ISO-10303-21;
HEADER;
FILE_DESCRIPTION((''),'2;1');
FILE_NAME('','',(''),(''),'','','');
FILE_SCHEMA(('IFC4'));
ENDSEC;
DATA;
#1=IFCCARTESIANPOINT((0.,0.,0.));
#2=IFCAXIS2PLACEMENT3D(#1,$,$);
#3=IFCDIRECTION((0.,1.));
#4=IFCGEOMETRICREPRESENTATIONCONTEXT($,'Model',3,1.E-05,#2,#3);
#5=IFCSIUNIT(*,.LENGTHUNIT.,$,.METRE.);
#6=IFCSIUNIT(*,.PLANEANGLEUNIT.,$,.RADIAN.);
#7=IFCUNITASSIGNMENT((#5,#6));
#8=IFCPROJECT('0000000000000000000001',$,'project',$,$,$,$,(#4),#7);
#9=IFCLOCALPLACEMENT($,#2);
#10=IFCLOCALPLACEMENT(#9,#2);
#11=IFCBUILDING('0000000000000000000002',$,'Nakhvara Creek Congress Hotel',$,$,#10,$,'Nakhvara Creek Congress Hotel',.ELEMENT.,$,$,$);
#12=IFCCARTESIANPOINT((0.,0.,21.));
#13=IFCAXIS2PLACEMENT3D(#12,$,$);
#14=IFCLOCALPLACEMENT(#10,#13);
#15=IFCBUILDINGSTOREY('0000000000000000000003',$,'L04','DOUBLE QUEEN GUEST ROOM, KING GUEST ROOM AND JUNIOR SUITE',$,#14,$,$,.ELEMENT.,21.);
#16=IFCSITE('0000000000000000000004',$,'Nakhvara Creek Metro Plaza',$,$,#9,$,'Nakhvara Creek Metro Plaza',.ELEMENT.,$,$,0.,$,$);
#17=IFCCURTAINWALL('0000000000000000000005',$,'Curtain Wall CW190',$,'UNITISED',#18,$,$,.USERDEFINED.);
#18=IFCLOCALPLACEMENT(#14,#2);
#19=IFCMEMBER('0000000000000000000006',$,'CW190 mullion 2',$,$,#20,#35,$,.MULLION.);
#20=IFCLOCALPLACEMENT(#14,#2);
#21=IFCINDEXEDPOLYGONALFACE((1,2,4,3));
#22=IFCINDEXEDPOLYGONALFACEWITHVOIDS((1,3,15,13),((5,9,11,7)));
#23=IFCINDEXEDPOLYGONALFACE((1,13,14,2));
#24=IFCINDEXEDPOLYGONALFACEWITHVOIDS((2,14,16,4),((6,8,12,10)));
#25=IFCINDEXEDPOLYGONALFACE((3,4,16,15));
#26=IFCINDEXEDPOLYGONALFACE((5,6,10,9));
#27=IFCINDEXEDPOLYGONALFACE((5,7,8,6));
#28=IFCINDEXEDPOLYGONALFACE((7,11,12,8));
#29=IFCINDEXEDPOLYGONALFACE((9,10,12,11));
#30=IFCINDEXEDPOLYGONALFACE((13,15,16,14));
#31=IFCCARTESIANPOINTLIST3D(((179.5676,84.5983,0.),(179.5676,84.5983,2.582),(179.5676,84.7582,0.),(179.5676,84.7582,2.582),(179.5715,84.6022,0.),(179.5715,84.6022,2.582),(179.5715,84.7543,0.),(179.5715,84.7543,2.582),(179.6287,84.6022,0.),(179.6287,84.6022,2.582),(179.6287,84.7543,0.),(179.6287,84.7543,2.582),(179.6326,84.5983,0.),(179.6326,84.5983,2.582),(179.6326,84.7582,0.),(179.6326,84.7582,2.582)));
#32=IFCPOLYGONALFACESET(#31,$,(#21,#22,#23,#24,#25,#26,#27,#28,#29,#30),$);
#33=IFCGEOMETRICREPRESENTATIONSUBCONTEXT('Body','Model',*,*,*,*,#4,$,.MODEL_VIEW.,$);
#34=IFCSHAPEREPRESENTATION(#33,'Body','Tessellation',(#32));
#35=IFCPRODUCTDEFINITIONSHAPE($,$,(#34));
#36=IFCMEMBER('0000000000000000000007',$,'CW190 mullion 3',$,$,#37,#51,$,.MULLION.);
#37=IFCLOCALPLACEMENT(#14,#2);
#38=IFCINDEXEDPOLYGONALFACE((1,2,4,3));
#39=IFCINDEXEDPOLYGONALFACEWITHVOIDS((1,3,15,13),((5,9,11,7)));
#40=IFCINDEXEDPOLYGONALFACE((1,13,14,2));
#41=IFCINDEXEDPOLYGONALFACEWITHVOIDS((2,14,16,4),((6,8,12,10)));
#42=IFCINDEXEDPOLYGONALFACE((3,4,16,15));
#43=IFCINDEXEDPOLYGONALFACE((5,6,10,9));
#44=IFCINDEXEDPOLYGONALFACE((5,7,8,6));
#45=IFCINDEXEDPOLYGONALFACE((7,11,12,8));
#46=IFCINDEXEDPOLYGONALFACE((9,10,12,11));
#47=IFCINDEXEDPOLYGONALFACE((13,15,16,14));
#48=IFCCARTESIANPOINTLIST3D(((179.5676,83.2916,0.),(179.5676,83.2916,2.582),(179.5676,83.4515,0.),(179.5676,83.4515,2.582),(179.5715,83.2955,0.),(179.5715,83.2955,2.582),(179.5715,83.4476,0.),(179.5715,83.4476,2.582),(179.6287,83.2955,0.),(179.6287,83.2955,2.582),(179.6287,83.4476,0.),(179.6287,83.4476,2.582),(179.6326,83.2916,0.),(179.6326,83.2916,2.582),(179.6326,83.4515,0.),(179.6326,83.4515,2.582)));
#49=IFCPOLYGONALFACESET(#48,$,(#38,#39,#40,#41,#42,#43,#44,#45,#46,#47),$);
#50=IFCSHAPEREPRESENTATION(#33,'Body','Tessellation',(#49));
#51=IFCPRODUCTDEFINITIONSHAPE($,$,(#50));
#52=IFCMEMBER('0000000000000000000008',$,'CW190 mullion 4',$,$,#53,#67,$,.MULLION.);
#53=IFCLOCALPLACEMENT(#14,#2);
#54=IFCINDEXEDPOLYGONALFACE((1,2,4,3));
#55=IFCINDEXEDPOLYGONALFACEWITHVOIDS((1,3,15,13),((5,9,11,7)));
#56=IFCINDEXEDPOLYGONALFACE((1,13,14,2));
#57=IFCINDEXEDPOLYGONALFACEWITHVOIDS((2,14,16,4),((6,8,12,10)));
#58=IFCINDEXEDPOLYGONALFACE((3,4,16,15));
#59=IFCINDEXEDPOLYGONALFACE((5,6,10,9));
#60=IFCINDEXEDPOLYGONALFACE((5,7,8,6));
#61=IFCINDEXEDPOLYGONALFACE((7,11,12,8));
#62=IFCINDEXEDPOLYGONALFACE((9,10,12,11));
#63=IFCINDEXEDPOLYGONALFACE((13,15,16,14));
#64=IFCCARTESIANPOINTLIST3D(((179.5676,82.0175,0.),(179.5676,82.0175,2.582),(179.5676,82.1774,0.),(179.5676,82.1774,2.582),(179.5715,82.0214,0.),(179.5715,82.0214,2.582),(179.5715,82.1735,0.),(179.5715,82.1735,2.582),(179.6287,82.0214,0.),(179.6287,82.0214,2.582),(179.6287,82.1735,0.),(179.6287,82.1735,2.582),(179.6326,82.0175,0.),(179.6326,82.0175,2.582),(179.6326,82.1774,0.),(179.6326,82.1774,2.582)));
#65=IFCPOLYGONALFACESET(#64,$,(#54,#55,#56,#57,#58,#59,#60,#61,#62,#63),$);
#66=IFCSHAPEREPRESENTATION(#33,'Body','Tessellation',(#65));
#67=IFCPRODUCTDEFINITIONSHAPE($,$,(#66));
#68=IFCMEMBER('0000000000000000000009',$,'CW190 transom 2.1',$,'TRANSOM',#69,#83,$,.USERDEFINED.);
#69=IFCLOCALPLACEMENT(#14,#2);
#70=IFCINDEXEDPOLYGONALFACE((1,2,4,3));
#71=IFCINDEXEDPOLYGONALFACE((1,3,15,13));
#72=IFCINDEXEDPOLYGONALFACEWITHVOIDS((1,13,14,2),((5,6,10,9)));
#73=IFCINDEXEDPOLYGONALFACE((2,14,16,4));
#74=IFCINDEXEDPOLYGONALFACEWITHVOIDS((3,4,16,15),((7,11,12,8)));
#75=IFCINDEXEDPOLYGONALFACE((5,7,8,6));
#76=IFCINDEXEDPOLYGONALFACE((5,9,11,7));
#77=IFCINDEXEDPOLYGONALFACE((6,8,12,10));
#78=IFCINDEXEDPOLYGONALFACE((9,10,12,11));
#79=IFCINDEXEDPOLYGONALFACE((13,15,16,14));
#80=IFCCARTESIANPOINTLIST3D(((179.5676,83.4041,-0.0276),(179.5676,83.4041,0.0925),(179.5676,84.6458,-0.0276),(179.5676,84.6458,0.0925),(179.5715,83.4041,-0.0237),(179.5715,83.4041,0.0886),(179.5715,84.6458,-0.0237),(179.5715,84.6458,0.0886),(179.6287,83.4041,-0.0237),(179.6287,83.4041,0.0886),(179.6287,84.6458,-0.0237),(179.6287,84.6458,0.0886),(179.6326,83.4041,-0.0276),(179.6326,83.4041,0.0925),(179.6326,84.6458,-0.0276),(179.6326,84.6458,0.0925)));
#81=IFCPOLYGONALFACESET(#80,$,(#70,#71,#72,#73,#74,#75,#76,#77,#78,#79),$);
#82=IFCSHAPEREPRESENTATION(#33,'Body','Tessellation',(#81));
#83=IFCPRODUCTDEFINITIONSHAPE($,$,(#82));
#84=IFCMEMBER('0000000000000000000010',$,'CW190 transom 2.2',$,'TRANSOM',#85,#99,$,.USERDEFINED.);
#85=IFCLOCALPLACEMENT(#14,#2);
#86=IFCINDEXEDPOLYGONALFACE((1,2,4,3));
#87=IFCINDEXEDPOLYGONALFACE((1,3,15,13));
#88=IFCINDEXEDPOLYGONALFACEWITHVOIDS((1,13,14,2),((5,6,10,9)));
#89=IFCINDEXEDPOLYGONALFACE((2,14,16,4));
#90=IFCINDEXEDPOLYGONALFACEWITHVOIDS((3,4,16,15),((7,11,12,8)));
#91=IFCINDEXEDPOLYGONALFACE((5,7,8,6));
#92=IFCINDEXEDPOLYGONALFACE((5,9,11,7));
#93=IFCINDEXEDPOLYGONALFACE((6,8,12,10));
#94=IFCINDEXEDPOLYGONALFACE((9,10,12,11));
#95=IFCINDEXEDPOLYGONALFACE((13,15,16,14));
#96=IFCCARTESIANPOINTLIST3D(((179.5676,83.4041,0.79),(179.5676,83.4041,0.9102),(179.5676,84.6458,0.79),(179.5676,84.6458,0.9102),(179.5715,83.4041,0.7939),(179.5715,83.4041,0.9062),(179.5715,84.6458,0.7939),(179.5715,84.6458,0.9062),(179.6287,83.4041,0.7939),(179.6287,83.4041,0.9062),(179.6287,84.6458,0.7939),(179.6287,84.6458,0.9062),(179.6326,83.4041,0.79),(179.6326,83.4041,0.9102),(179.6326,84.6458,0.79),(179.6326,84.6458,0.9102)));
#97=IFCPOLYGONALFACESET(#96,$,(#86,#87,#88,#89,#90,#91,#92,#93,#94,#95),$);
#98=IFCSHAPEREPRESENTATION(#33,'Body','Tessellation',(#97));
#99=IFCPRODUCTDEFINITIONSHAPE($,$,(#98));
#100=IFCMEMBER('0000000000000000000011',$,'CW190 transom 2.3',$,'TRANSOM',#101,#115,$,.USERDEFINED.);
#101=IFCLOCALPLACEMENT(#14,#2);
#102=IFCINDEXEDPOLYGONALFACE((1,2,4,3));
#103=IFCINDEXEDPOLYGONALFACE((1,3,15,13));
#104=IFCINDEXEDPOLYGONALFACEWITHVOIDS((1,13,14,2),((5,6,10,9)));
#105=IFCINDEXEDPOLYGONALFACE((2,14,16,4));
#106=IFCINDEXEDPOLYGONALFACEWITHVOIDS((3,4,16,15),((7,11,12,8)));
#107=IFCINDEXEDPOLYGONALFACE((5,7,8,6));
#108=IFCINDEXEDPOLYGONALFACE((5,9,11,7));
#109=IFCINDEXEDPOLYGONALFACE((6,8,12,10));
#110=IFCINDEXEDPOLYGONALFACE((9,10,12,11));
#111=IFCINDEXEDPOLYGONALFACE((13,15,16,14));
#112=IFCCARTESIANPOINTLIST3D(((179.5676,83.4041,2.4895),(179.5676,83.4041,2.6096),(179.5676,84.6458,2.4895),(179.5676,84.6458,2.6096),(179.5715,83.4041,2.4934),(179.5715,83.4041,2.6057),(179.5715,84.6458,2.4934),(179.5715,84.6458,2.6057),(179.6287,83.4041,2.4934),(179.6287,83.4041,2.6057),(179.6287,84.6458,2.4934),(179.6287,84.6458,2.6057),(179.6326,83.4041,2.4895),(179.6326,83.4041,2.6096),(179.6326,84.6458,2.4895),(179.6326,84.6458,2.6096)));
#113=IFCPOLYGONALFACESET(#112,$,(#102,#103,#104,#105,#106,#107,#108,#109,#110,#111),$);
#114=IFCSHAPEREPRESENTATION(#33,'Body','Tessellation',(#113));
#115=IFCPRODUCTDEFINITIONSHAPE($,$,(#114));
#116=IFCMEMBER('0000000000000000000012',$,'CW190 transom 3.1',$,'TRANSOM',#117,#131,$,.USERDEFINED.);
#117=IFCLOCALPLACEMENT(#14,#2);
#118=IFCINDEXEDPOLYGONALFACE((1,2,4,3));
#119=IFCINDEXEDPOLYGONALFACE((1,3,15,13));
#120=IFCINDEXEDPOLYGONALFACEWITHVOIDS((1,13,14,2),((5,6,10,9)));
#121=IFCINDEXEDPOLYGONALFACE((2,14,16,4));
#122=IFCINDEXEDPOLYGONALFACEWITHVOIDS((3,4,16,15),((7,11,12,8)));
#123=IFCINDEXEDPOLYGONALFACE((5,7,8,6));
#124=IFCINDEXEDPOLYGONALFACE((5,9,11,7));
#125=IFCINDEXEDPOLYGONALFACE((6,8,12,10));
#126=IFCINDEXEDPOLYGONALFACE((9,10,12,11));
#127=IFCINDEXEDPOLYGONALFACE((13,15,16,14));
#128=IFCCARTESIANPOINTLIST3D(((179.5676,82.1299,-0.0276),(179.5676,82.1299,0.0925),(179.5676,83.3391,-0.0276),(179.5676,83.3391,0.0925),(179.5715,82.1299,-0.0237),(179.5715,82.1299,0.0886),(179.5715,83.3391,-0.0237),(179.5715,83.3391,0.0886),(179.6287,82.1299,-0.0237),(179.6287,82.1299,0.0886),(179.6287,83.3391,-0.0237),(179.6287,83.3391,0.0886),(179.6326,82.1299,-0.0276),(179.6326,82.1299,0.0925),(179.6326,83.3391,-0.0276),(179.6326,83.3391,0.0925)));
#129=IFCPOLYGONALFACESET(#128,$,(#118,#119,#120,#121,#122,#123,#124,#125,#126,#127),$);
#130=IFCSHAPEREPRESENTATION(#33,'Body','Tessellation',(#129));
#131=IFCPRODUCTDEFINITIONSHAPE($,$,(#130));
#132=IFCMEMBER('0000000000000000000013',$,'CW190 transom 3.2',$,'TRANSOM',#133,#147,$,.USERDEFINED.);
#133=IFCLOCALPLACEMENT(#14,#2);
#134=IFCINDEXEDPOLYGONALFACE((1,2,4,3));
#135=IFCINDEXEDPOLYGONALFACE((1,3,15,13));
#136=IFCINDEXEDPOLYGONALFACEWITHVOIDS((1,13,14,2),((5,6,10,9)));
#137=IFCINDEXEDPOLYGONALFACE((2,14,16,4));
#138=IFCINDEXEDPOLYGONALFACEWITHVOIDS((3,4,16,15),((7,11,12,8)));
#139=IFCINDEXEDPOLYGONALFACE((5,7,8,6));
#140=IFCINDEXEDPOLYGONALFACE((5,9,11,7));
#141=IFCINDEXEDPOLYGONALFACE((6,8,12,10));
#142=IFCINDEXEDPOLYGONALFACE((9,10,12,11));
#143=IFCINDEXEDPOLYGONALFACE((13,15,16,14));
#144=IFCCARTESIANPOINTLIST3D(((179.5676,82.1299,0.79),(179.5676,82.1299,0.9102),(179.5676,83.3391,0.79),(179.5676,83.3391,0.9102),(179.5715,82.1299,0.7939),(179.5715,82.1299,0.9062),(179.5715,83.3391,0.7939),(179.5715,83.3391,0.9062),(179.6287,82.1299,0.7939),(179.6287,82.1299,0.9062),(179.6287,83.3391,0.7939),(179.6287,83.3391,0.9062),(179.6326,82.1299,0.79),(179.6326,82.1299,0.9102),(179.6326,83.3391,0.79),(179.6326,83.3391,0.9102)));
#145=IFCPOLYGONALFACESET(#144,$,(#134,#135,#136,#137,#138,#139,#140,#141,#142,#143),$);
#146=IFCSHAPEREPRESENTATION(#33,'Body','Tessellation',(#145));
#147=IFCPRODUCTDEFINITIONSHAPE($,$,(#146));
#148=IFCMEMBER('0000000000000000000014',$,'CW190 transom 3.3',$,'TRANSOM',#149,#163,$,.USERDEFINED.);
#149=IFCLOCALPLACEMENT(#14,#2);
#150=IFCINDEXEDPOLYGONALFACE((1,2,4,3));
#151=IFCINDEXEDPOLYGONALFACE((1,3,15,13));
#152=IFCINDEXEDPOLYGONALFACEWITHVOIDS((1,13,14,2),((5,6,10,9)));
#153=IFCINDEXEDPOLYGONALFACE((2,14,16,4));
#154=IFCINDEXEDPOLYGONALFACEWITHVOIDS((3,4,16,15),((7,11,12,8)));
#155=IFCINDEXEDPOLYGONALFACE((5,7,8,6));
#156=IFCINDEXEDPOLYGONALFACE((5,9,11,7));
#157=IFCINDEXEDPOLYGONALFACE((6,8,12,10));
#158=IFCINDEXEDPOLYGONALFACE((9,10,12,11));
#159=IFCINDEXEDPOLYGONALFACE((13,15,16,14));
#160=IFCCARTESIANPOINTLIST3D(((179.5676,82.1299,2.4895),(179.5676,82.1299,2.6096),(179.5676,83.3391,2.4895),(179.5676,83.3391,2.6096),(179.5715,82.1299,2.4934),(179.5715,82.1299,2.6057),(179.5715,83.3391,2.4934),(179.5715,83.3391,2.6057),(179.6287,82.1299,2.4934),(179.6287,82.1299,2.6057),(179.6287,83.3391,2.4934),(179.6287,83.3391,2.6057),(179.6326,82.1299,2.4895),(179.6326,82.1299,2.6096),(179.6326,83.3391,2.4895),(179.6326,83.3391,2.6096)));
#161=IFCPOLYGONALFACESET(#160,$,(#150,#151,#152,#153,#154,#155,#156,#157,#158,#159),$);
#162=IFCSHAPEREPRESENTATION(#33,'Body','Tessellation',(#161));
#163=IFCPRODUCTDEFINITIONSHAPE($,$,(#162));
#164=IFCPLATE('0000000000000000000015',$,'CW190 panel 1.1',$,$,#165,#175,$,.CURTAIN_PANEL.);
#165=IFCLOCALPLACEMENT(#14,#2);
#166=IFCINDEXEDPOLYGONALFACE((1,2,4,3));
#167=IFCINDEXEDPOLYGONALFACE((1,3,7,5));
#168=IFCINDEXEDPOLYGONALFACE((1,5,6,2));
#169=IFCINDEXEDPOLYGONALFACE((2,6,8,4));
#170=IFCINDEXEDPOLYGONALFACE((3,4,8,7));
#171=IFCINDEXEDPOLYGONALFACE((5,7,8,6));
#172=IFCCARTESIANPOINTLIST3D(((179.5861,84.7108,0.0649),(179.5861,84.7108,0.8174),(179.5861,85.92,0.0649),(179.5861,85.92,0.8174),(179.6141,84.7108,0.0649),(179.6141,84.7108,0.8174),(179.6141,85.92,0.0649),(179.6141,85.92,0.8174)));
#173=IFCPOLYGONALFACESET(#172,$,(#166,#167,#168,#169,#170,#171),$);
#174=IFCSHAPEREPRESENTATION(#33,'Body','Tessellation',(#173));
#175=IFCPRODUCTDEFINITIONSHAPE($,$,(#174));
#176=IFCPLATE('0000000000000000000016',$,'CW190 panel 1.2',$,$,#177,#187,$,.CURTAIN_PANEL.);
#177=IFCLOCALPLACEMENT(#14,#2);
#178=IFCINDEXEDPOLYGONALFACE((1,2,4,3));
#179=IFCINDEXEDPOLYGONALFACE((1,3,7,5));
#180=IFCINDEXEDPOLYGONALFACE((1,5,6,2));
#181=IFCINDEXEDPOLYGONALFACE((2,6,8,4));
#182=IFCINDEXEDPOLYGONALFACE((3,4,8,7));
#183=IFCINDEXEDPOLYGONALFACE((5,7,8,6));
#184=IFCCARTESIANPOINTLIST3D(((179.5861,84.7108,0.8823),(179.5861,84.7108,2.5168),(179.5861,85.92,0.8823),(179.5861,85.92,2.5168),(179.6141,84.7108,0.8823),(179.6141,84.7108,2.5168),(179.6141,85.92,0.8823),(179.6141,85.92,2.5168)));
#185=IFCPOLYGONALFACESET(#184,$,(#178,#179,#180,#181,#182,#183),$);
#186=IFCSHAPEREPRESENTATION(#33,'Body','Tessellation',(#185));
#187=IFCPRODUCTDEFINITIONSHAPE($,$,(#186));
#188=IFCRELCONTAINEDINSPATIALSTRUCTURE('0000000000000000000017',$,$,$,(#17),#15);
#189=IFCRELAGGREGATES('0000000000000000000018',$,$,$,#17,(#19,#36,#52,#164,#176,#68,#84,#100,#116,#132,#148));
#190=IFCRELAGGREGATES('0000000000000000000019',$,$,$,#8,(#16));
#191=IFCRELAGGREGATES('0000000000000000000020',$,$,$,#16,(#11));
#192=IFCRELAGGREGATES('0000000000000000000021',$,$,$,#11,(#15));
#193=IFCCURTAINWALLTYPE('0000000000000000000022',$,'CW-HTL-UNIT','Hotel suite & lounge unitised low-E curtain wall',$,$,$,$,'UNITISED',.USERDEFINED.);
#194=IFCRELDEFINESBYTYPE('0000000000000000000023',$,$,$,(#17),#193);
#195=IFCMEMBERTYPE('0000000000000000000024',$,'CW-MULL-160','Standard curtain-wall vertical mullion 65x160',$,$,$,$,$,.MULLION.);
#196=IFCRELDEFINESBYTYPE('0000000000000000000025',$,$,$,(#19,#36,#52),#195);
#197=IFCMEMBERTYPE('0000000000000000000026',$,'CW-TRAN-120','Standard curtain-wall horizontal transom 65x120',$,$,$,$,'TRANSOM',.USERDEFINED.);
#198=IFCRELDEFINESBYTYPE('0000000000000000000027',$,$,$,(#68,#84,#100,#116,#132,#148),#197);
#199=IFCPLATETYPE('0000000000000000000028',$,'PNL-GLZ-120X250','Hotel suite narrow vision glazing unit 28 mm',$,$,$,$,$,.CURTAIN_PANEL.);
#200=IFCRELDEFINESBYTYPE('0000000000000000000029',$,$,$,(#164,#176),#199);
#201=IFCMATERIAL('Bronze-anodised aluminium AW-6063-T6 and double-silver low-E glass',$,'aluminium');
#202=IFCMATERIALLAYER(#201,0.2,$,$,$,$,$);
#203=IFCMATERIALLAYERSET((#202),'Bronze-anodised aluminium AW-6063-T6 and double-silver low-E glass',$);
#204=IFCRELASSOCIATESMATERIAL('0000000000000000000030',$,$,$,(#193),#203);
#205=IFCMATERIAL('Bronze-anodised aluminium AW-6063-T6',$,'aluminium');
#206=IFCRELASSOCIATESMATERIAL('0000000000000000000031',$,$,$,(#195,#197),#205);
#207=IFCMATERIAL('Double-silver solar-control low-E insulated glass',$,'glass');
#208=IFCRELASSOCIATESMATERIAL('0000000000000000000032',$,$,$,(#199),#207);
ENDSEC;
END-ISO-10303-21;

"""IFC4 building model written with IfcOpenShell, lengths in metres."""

from ifc_helpers import new_model, si_unit, direction, frame, origin, origin_2d, place, context, subcontext, project, spatial, rectangle, hollow_rectangle, extrude, material, layer, layer_set, material_profile, profile_set, type_object, element, aggregate, save


model = new_model("IFC4")

# Units and contexts
model_context = context("Model", 3, precision=1e-05, world=origin(), true_north=direction((0.0, 1.0)))
body_context = subcontext(model_context, "Body", "Model", "MODEL_VIEW")
ifc_project = project(units=[si_unit("LENGTHUNIT", "METRE"), si_unit("PLANEANGLEUNIT", "RADIAN")], contexts=[model_context])

# Site, building, storey
site_placement = place(None, origin())
site = spatial("IfcSite", under=ifc_project, at=site_placement, Name="Nakhvara Creek Metro Plaza", LongName="Nakhvara Creek Metro Plaza", CompositionType="ELEMENT", RefElevation=0.0)
building_placement = place(site_placement, origin())
building = spatial("IfcBuilding", under=site, at=building_placement, Name="Nakhvara Creek Congress Hotel", LongName="Nakhvara Creek Congress Hotel", CompositionType="ELEMENT")
storey_placement = place(building_placement, frame((0.0, 0.0, 21.0)))
storey = spatial("IfcBuildingStorey", under=building, at=storey_placement, Name="L04", Description="DOUBLE QUEEN GUEST ROOM, KING GUEST ROOM AND JUNIOR SUITE", CompositionType="ELEMENT", Elevation=21.0)

# Curtain wall, members, plates
ifc_material_1 = material(Name="Bronze-anodised aluminium AW-6063-T6 and double-silver low-E glass", Category="aluminium")
ifc_layer_1 = layer(ifc_material_1, 0.2)
ifc_layer_set_1 = layer_set([ifc_layer_1], Name="Bronze-anodised aluminium AW-6063-T6 and double-silver low-E glass")
curtain_wall_type = type_object("IfcCurtainWallType", Name="CW-HTL-UNIT", Description="Hotel suite & lounge unitised low-E curtain wall", ElementType="UNITISED", PredefinedType="USERDEFINED", material=ifc_layer_set_1)
curtain_wall_placement = place(storey_placement, origin())
curtain_wall = element("IfcCurtainWall", 1, at=curtain_wall_placement, inside=storey, type_object=curtain_wall_type, Name="Curtain Wall CW190", ObjectType="UNITISED", PredefinedType="USERDEFINED")
ifc_material_2 = material(Name="Bronze-anodised aluminium AW-6063-T6", Category="aluminium")
ifc_material_profile_1 = material_profile(ifc_material_2, hollow_rectangle(XDim=0.0649, YDim=0.1599, WallThickness=0.0039, at=origin_2d()), Name="ALU-MULL 65x160x4", Category="LoadBearing")
ifc_profile_set_1 = profile_set([ifc_material_profile_1], Name="Bronze-anodised aluminium AW-6063-T6")
member_type_1 = type_object("IfcMemberType", Name="CW-MULL-160", Description="Standard curtain-wall vertical mullion 65x160", PredefinedType="MULLION", material=ifc_profile_set_1)
member_1_placement = place(storey_placement, frame((179.6001, 84.6782, 0.0), z_axis=(0.0, 0.0, 1.0), x_axis=(1.0, 0.0, 0.0)))
member_1 = element("IfcMember", 2, at=member_1_placement, type_object=member_type_1, Name="CW190 mullion 2", PredefinedType="MULLION", context=body_context, shape_type="SweptSolid", body=[
    extrude(hollow_rectangle(XDim=0.0649, YDim=0.1599, WallThickness=0.0039, at=origin_2d()), origin(), (0.0, 0.0, 1.0), 2.582),
])
member_2_placement = place(storey_placement, frame((179.6001, 83.3716, 0.0), z_axis=(0.0, 0.0, 1.0), x_axis=(1.0, 0.0, 0.0)))
member_2 = element("IfcMember", 3, at=member_2_placement, type_object=member_type_1, Name="CW190 mullion 3", PredefinedType="MULLION", context=body_context, shape_type="SweptSolid", body=[
    extrude(hollow_rectangle(XDim=0.0649, YDim=0.1599, WallThickness=0.0039, at=origin_2d()), origin(), (0.0, 0.0, 1.0), 2.582),
])
member_3_placement = place(storey_placement, frame((179.6001, 82.0974, 0.0), z_axis=(0.0, 0.0, 1.0), x_axis=(1.0, 0.0, 0.0)))
member_3 = element("IfcMember", 4, at=member_3_placement, type_object=member_type_1, Name="CW190 mullion 4", PredefinedType="MULLION", context=body_context, shape_type="SweptSolid", body=[
    extrude(hollow_rectangle(XDim=0.0649, YDim=0.1599, WallThickness=0.0039, at=origin_2d()), origin(), (0.0, 0.0, 1.0), 2.582),
])
ifc_material_profile_2 = material_profile(ifc_material_2, hollow_rectangle(XDim=0.0649, YDim=0.1201, WallThickness=0.0039, at=origin_2d()), Name="ALU-TRAN 65x120x4", Category="LoadBearing")
ifc_profile_set_2 = profile_set([ifc_material_profile_2], Name="Bronze-anodised aluminium AW-6063-T6")
member_type_2 = type_object("IfcMemberType", Name="CW-TRAN-120", Description="Standard curtain-wall horizontal transom 65x120", ElementType="TRANSOM", PredefinedType="USERDEFINED", material=ifc_profile_set_2)
member_4_placement = place(storey_placement, frame((179.6001, 84.6458, 0.0325), z_axis=(0.0, -1.0, 0.0), x_axis=(1.0, 0.0, 0.0)))
member_4 = element("IfcMember", 5, at=member_4_placement, type_object=member_type_2, Name="CW190 transom 2.1", ObjectType="TRANSOM", PredefinedType="USERDEFINED", context=body_context, shape_type="SweptSolid", body=[
    extrude(hollow_rectangle(XDim=0.0649, YDim=0.1201, WallThickness=0.0039, at=origin_2d()), origin(), (0.0, 0.0, 1.0), 1.2417),
])
member_5_placement = place(storey_placement, frame((179.6001, 84.6458, 0.8501), z_axis=(0.0, -1.0, 0.0), x_axis=(1.0, 0.0, 0.0)))
member_5 = element("IfcMember", 6, at=member_5_placement, type_object=member_type_2, Name="CW190 transom 2.2", ObjectType="TRANSOM", PredefinedType="USERDEFINED", context=body_context, shape_type="SweptSolid", body=[
    extrude(hollow_rectangle(XDim=0.0649, YDim=0.1201, WallThickness=0.0039, at=origin_2d()), origin(), (0.0, 0.0, 1.0), 1.2417),
])
member_6_placement = place(storey_placement, frame((179.6001, 84.6458, 2.5496), z_axis=(0.0, -1.0, 0.0), x_axis=(1.0, 0.0, 0.0)))
member_6 = element("IfcMember", 7, at=member_6_placement, type_object=member_type_2, Name="CW190 transom 2.3", ObjectType="TRANSOM", PredefinedType="USERDEFINED", context=body_context, shape_type="SweptSolid", body=[
    extrude(hollow_rectangle(XDim=0.0649, YDim=0.1201, WallThickness=0.0039, at=origin_2d()), origin(), (0.0, 0.0, 1.0), 1.2417),
])
member_7_placement = place(storey_placement, frame((179.6001, 83.3391, 0.0325), z_axis=(0.0, -1.0, 0.0), x_axis=(1.0, 0.0, 0.0)))
member_7 = element("IfcMember", 8, at=member_7_placement, type_object=member_type_2, Name="CW190 transom 3.1", ObjectType="TRANSOM", PredefinedType="USERDEFINED", context=body_context, shape_type="SweptSolid", body=[
    extrude(hollow_rectangle(XDim=0.0649, YDim=0.1201, WallThickness=0.0039, at=origin_2d()), origin(), (0.0, 0.0, 1.0), 1.2092),
])
member_8_placement = place(storey_placement, frame((179.6001, 83.3391, 0.8501), z_axis=(0.0, -1.0, 0.0), x_axis=(1.0, 0.0, 0.0)))
member_8 = element("IfcMember", 9, at=member_8_placement, type_object=member_type_2, Name="CW190 transom 3.2", ObjectType="TRANSOM", PredefinedType="USERDEFINED", context=body_context, shape_type="SweptSolid", body=[
    extrude(hollow_rectangle(XDim=0.0649, YDim=0.1201, WallThickness=0.0039, at=origin_2d()), origin(), (0.0, 0.0, 1.0), 1.2092),
])
member_9_placement = place(storey_placement, frame((179.6001, 83.3391, 2.5496), z_axis=(0.0, -1.0, 0.0), x_axis=(1.0, 0.0, 0.0)))
member_9 = element("IfcMember", 10, at=member_9_placement, type_object=member_type_2, Name="CW190 transom 3.3", ObjectType="TRANSOM", PredefinedType="USERDEFINED", context=body_context, shape_type="SweptSolid", body=[
    extrude(hollow_rectangle(XDim=0.0649, YDim=0.1201, WallThickness=0.0039, at=origin_2d()), origin(), (0.0, 0.0, 1.0), 1.2092),
])
ifc_material_3 = material(Name="Double-silver solar-control low-E insulated glass", Category="glass")
plate_type = type_object("IfcPlateType", Name="PNL-GLZ-120X250", Description="Hotel suite narrow vision glazing unit 28 mm", PredefinedType="CURTAIN_PANEL", material=ifc_material_3)
plate_1_placement = place(storey_placement, frame((179.6001, 85.3154, 0.0649), z_axis=(0.0, 0.0, 1.0), x_axis=(0.0, -1.0, 0.0)))
plate_1 = element("IfcPlate", 11, at=plate_1_placement, type_object=plate_type, Name="CW190 panel 1.1", PredefinedType="CURTAIN_PANEL", context=body_context, shape_type="SweptSolid", body=[
    extrude(rectangle(XDim=1.2092, YDim=0.0281, at=origin_2d()), origin(), (0.0, 0.0, 1.0), 0.7524),
])
plate_2_placement = place(storey_placement, frame((179.6001, 85.3154, 0.8823), z_axis=(0.0, 0.0, 1.0), x_axis=(0.0, -1.0, 0.0)))
plate_2 = element("IfcPlate", 12, at=plate_2_placement, type_object=plate_type, Name="CW190 panel 1.2", PredefinedType="CURTAIN_PANEL", context=body_context, shape_type="SweptSolid", body=[
    extrude(rectangle(XDim=1.2092, YDim=0.0281, at=origin_2d()), origin(), (0.0, 0.0, 1.0), 1.6345),
])
aggregate(curtain_wall, [member_1, member_2, member_3, plate_1, plate_2, member_4, member_5, member_6, member_7, member_8, member_9])

save(model, "model.ifc")
